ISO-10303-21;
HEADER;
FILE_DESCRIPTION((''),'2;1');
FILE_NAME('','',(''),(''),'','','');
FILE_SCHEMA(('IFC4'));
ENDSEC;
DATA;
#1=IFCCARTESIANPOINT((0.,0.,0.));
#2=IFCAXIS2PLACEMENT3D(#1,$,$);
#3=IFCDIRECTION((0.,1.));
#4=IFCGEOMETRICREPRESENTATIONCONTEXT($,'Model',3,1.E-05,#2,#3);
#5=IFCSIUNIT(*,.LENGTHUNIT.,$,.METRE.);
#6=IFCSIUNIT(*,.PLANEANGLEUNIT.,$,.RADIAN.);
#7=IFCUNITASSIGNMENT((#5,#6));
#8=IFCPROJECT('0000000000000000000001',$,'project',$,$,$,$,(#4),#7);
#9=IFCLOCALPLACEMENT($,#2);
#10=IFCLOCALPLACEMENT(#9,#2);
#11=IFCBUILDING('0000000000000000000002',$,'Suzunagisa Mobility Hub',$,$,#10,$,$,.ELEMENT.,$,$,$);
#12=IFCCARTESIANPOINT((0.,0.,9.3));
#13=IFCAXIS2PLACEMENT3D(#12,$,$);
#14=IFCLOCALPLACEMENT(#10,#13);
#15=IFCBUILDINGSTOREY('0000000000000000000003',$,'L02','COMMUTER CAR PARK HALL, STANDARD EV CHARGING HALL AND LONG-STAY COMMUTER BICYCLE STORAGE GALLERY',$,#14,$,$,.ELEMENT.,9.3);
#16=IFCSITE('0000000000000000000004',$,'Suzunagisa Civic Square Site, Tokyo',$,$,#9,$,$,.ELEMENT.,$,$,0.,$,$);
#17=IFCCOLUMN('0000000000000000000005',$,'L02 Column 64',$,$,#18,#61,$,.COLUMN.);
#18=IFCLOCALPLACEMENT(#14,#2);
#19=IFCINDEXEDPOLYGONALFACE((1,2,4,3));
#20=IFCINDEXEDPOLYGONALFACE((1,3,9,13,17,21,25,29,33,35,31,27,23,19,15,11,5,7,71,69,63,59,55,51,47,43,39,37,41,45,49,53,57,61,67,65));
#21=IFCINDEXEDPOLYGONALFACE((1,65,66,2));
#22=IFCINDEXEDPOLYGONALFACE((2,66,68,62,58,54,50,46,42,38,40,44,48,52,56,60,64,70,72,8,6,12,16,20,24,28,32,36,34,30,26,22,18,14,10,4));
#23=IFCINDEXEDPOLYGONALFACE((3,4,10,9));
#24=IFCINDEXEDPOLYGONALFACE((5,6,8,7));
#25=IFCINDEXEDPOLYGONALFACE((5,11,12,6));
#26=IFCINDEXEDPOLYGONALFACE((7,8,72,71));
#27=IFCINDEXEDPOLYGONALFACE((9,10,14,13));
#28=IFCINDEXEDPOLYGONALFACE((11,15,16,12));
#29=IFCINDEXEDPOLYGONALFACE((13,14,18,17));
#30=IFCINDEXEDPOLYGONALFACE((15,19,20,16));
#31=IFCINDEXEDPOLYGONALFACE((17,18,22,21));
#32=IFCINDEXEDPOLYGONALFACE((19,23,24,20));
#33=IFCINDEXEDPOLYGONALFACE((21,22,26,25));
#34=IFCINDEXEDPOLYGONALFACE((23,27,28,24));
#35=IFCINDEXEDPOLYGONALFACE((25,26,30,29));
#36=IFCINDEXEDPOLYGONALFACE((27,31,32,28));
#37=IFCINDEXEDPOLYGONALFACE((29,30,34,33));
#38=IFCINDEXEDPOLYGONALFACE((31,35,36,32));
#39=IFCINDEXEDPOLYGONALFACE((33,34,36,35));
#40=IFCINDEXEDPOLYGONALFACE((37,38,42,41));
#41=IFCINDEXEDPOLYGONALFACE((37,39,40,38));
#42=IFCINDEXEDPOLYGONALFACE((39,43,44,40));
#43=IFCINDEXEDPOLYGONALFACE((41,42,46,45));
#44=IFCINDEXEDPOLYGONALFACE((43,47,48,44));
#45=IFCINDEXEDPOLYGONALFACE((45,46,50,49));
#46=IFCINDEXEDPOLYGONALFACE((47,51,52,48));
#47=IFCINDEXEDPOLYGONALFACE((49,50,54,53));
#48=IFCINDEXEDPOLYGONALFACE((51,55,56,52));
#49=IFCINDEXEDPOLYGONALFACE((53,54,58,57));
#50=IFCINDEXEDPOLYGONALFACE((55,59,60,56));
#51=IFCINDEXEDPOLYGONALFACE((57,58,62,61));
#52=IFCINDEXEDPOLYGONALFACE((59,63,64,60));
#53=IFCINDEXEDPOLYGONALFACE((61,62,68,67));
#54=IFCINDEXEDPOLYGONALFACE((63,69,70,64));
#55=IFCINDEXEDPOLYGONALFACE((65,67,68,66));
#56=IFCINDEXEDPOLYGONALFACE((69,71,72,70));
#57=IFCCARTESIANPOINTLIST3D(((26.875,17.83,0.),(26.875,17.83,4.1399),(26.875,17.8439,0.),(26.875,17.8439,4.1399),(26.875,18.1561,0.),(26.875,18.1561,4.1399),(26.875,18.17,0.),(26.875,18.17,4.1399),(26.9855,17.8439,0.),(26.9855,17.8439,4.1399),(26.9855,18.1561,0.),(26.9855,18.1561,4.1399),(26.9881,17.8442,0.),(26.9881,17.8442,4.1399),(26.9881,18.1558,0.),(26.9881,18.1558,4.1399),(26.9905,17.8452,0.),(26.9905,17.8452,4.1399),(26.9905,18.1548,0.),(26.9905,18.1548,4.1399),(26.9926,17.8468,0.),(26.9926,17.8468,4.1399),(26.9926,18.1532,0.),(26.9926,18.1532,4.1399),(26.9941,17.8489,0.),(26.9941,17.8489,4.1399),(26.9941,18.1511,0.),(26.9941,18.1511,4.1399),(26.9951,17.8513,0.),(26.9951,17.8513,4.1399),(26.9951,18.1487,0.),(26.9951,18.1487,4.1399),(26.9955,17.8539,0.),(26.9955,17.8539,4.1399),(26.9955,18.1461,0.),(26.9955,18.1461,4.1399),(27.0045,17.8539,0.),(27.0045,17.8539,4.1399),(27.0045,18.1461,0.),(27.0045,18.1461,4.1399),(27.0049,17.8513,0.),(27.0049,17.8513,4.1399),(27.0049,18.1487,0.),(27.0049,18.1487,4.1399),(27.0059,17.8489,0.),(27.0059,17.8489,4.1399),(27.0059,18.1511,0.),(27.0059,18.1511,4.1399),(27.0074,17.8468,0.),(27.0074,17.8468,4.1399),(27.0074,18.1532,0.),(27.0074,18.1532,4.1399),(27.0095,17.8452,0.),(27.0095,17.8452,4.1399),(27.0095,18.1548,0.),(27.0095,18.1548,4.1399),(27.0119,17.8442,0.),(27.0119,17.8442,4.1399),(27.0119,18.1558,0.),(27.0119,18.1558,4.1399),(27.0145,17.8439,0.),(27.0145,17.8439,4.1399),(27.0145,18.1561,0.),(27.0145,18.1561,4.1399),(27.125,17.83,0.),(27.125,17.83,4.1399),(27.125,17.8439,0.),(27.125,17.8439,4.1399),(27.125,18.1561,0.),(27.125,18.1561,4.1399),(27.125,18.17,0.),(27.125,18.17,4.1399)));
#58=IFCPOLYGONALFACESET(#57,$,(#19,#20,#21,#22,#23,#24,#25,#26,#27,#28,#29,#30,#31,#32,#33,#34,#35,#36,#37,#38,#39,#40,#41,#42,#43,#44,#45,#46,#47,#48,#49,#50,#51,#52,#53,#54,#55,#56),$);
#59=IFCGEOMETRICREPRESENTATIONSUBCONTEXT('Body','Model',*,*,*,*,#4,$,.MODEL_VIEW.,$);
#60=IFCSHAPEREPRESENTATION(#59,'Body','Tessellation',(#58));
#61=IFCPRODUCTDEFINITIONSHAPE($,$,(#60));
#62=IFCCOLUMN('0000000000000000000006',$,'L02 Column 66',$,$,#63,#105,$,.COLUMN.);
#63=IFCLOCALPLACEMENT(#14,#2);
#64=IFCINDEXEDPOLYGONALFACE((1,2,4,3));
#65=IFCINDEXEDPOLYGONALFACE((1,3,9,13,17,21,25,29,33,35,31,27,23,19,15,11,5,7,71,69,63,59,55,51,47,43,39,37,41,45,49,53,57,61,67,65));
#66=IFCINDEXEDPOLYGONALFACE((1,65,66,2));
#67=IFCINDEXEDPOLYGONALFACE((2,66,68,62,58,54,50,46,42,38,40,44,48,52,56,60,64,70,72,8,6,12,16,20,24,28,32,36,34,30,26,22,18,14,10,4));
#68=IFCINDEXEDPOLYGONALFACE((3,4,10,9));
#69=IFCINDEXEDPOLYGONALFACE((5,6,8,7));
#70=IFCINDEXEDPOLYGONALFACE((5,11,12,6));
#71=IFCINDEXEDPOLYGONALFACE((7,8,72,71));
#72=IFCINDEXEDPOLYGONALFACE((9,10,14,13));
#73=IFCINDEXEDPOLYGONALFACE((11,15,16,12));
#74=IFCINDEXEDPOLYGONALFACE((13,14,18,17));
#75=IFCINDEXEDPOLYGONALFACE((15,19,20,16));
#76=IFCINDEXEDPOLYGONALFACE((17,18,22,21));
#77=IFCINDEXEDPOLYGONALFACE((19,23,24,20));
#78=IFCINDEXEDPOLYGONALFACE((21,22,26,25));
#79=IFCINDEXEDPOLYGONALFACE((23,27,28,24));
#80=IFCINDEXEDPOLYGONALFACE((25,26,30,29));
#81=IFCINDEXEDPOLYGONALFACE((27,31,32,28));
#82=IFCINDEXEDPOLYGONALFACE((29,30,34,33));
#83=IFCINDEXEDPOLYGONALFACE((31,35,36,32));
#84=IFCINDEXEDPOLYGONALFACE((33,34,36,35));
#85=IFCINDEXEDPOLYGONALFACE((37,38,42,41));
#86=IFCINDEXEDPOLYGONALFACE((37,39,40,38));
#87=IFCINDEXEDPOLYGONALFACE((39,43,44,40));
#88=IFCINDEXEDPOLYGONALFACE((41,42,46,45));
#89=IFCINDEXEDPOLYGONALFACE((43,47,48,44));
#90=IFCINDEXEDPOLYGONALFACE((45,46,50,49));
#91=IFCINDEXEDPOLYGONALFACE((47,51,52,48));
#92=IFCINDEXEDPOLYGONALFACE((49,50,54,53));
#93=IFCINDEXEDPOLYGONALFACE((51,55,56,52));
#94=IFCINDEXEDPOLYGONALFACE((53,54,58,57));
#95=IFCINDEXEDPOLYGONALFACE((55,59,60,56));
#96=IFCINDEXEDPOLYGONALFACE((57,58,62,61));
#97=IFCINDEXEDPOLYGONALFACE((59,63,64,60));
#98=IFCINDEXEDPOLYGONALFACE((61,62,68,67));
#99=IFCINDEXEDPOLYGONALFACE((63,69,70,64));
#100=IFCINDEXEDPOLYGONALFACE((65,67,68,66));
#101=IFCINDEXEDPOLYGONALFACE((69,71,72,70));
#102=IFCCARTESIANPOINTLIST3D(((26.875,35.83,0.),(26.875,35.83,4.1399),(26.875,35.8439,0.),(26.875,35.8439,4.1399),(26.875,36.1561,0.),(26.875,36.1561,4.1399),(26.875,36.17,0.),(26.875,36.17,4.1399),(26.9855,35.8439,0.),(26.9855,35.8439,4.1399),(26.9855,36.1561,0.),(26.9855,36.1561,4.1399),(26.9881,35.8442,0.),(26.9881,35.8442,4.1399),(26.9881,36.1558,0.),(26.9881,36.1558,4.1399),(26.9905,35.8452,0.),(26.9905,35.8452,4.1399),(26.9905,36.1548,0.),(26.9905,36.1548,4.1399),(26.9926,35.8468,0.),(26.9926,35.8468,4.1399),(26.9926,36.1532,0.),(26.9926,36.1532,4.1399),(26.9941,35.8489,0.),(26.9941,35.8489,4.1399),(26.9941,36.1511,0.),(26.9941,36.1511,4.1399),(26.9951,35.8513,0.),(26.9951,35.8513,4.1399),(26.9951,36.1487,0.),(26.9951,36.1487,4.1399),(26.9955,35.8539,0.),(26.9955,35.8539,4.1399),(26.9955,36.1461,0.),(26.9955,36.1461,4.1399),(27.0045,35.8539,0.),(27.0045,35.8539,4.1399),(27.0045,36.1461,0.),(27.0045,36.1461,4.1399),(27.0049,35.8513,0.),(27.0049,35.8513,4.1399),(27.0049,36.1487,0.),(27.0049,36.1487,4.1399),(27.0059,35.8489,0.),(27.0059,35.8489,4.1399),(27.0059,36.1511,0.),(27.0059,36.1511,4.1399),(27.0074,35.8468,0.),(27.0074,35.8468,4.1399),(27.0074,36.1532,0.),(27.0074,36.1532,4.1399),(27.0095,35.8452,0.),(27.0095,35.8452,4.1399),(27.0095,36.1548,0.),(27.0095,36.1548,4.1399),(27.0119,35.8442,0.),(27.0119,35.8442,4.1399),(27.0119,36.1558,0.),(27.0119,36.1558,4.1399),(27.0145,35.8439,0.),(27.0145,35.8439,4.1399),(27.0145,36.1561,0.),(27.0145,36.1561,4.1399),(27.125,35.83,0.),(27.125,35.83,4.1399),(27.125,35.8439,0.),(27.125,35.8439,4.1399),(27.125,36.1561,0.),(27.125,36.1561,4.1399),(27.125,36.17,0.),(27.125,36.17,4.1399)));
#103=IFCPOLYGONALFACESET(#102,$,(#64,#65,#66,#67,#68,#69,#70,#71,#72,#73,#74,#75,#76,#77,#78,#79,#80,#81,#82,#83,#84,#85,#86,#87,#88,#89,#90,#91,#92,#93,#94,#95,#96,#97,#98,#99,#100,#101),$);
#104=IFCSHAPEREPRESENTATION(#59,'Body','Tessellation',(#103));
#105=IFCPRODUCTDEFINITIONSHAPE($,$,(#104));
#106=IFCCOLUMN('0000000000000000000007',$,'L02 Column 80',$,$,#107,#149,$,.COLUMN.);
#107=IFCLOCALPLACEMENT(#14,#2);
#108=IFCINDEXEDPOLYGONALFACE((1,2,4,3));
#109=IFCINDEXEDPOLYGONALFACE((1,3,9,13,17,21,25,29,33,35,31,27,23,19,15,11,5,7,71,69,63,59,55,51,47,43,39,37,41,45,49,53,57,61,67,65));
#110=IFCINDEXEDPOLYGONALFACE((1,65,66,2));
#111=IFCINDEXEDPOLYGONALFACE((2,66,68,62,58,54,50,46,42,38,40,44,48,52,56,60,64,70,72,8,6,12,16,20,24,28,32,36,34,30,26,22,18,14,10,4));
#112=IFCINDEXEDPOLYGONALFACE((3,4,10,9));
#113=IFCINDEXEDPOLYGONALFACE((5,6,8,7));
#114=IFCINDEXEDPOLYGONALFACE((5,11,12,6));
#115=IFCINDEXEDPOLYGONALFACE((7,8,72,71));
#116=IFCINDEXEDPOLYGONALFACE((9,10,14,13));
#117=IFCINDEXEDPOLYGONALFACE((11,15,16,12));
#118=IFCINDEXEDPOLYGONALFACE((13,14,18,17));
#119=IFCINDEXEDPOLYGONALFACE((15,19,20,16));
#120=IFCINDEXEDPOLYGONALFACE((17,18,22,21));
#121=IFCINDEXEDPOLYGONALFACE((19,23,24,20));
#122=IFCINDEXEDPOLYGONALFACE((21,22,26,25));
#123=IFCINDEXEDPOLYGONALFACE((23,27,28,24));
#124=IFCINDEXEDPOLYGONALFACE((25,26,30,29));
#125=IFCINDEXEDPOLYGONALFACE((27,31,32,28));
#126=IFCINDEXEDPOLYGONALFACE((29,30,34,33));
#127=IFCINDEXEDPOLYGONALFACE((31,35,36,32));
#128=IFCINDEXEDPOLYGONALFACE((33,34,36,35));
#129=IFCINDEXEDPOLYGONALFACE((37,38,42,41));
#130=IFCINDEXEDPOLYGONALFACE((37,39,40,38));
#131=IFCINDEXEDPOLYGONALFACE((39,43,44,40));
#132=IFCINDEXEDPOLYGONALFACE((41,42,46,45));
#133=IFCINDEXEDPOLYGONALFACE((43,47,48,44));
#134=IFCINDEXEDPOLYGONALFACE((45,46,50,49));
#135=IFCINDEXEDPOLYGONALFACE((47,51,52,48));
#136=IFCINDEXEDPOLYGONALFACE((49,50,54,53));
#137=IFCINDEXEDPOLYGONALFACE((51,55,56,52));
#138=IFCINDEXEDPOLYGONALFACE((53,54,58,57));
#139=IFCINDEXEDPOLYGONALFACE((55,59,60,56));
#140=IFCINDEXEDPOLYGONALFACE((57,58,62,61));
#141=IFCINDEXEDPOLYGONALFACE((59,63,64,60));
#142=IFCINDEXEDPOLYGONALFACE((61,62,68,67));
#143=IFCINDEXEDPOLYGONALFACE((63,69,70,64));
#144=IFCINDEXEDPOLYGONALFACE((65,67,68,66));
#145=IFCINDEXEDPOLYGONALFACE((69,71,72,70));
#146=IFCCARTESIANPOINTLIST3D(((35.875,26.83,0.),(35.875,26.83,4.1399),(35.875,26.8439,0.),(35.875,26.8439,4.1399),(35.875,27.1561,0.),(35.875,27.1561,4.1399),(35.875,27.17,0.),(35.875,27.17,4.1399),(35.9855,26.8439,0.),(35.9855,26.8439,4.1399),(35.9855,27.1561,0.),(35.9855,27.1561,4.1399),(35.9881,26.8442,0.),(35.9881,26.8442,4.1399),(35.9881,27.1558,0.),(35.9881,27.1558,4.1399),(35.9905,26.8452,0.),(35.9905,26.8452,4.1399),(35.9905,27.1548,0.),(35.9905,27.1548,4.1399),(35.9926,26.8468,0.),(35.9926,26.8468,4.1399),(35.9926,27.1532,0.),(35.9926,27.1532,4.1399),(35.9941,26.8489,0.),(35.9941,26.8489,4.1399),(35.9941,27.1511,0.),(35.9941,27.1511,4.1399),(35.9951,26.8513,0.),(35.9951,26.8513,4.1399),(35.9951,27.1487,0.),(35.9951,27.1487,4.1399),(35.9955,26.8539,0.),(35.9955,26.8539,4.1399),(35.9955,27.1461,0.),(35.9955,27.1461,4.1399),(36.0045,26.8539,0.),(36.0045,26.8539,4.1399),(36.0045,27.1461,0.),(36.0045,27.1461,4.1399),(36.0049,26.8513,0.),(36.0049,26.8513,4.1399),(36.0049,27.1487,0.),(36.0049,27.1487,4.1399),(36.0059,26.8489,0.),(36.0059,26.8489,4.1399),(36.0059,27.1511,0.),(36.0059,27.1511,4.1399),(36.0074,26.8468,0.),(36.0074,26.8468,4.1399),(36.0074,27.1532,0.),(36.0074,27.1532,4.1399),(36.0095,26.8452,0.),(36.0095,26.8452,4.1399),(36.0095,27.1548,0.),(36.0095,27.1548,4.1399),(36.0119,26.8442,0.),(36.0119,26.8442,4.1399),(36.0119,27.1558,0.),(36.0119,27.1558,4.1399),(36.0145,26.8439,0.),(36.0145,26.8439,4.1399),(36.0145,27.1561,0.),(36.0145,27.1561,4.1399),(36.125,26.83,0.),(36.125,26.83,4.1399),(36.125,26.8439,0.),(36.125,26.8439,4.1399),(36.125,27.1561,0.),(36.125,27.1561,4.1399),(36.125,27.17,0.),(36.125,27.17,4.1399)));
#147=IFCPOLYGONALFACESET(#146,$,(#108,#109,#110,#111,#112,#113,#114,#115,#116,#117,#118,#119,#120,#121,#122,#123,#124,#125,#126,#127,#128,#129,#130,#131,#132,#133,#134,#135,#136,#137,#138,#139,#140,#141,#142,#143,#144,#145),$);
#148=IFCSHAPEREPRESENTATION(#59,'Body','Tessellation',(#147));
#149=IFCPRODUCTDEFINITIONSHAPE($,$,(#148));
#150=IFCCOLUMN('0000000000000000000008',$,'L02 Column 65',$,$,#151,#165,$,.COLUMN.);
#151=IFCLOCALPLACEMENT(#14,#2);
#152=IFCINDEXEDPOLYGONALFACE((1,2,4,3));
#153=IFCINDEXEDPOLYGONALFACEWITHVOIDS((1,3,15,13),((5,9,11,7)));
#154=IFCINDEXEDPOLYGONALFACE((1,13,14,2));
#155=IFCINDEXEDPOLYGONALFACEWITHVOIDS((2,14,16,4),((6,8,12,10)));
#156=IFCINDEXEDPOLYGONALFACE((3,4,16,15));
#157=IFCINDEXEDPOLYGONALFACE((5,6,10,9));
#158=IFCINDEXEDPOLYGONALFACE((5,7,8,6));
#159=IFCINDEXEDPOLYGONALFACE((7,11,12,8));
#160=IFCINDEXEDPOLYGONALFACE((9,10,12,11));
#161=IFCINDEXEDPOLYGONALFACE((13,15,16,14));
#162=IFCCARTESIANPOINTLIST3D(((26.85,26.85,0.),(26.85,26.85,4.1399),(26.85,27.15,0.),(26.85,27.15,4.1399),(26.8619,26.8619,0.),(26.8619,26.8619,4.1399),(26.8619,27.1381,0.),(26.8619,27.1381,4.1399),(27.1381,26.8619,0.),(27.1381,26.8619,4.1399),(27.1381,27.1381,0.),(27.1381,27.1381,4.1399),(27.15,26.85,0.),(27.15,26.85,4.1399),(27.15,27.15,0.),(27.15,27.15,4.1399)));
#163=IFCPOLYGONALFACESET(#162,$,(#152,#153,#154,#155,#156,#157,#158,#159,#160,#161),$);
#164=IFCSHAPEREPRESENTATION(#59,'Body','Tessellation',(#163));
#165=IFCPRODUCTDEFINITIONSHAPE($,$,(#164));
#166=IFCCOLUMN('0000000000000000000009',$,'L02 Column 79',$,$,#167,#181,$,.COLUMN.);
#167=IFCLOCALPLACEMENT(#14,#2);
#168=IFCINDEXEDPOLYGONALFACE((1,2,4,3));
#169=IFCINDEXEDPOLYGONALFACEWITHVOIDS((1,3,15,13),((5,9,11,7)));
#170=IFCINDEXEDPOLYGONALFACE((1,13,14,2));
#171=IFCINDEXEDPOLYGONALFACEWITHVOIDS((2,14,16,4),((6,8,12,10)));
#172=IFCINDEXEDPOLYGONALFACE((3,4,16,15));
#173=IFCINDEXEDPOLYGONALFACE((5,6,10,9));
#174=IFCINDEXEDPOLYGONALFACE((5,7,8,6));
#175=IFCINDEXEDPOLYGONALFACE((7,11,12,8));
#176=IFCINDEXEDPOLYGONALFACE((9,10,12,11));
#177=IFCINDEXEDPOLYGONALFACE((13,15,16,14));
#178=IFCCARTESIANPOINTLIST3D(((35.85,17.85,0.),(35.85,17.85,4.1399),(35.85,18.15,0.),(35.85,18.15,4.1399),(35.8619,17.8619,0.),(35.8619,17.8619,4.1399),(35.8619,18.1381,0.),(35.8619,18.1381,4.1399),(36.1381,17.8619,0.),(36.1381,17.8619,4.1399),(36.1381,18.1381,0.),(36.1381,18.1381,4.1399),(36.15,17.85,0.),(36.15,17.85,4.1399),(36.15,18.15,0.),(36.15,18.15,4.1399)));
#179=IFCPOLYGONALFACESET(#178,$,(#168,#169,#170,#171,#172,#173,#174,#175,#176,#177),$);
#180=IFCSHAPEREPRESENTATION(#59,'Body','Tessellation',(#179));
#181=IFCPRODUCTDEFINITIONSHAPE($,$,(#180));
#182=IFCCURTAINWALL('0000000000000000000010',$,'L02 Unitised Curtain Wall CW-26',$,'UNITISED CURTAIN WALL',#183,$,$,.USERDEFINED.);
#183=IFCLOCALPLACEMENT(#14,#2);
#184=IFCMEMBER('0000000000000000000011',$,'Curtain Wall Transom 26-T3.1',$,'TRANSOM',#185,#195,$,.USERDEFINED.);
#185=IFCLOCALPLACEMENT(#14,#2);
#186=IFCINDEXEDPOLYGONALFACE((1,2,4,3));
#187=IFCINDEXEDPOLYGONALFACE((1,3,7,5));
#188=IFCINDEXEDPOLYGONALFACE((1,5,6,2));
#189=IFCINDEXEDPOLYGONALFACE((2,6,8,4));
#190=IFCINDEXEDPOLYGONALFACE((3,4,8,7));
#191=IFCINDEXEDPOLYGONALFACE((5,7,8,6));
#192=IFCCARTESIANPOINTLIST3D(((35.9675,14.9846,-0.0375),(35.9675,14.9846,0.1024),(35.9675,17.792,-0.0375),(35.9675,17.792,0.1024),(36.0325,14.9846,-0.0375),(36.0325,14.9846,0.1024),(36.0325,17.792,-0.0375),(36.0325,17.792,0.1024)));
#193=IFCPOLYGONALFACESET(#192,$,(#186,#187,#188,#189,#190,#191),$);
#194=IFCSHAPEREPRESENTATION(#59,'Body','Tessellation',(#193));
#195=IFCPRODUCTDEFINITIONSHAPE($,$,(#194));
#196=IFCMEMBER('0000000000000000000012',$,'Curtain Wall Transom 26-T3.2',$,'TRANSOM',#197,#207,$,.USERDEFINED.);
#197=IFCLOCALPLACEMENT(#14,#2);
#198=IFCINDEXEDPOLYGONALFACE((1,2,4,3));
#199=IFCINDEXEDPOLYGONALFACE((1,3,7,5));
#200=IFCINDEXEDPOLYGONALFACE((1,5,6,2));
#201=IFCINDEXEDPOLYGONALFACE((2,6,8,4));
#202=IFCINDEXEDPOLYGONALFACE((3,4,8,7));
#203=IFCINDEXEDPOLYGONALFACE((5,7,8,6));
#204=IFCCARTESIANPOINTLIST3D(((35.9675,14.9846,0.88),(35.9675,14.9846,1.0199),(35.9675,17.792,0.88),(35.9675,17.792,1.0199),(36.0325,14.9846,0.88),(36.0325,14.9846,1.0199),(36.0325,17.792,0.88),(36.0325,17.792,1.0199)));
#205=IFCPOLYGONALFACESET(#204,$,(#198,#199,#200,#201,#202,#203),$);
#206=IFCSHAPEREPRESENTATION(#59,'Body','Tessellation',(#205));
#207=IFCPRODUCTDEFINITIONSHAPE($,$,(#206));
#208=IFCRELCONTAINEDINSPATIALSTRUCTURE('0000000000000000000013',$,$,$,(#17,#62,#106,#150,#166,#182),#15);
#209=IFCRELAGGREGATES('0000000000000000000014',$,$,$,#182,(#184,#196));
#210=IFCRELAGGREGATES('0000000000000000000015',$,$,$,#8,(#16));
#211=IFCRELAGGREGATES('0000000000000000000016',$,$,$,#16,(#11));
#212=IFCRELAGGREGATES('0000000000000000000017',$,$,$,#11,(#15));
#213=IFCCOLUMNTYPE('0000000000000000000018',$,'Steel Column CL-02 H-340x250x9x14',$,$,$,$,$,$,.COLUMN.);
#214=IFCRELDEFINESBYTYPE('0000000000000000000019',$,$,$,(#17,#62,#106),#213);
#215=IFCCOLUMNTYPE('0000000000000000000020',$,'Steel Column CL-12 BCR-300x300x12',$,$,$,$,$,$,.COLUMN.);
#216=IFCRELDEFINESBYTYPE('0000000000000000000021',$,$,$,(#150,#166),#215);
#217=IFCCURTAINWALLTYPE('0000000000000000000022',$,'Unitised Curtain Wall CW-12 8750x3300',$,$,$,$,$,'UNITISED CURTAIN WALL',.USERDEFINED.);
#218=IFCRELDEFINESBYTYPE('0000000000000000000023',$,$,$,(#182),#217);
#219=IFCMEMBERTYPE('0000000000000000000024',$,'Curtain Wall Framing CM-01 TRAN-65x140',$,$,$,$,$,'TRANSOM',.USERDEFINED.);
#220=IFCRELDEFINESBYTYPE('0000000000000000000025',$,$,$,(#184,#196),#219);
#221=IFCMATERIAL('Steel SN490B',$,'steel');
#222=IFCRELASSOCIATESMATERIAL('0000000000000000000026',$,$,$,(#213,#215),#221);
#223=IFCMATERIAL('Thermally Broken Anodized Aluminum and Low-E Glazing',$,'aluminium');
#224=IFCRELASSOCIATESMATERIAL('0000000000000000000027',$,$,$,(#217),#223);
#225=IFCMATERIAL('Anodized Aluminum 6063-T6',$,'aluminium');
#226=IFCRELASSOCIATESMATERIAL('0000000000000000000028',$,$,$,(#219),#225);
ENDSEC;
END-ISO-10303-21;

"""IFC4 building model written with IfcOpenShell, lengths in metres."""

from ifc_helpers import new_model, si_unit, direction, frame, origin, origin_2d, place, context, subcontext, project, spatial, rectangle, hollow_rectangle, i_section, extrude, material, material_profile, profile_set, type_object, element, aggregate, save


model = new_model("IFC4")

# Units and contexts
model_context = context("Model", 3, precision=1e-05, world=origin(), true_north=direction((0.0, 1.0)))
body_context = subcontext(model_context, "Body", "Model", "MODEL_VIEW")
ifc_project = project(units=[si_unit("LENGTHUNIT", "METRE"), si_unit("PLANEANGLEUNIT", "RADIAN")], contexts=[model_context])

# Site, building, storey
site_placement = place(None, origin())
site = spatial("IfcSite", under=ifc_project, at=site_placement, Name="Suzunagisa Civic Square Site, Tokyo", CompositionType="ELEMENT", RefElevation=0.0)
building_placement = place(site_placement, origin())
building = spatial("IfcBuilding", under=site, at=building_placement, Name="Suzunagisa Mobility Hub", CompositionType="ELEMENT")
storey_placement = place(building_placement, frame((0.0, 0.0, 9.3)))
storey = spatial("IfcBuildingStorey", under=building, at=storey_placement, Name="L02", Description="COMMUTER CAR PARK HALL, STANDARD EV CHARGING HALL AND LONG-STAY COMMUTER BICYCLE STORAGE GALLERY", CompositionType="ELEMENT", Elevation=9.3)

# Columns
ifc_material_1 = material(Name="Steel SN490B", Category="steel")
ifc_material_profile_1 = material_profile(ifc_material_1, i_section(OverallWidth=0.25, OverallDepth=0.3401, WebThickness=0.009, FlangeThickness=0.0139, FilletRadius=0.01, at=origin_2d()), Name="H-340x250x9x14")
ifc_profile_set_1 = profile_set([ifc_material_profile_1], Name="Steel SN490B")
column_type_1 = type_object("IfcColumnType", Name="Steel Column CL-02 H-340x250x9x14", PredefinedType="COLUMN", material=ifc_profile_set_1)
for number, where, z_axis, x_axis, name in (
    (1, (27.0, 18.0, 0.0), (0.0, 0.0, 1.0), (1.0, 0.0, 0.0), "L02 Column 64"),
    (2, (27.0, 36.0, 0.0), (0.0, 0.0, 1.0), (1.0, 0.0, 0.0), "L02 Column 66"),
    (3, (36.0, 27.0, 0.0), (0.0, 0.0, 1.0), (1.0, 0.0, 0.0), "L02 Column 80"),
):
    element("IfcColumn", number, at=place(storey_placement, frame(where, z_axis=z_axis, x_axis=x_axis)), inside=storey, type_object=column_type_1, Name=name, PredefinedType="COLUMN", context=body_context, shape_type="SweptSolid", body=[
        extrude(i_section(OverallWidth=0.25, OverallDepth=0.3401, WebThickness=0.009, FlangeThickness=0.0139, FilletRadius=0.01, at=origin_2d()), origin(), (0.0, 0.0, 1.0), 4.1399),
    ])
ifc_material_profile_2 = material_profile(ifc_material_1, hollow_rectangle(XDim=0.3, YDim=0.3, WallThickness=0.012, at=origin_2d()), Name="BCR-300x300x12")
ifc_profile_set_2 = profile_set([ifc_material_profile_2], Name="Steel SN490B")
column_type_2 = type_object("IfcColumnType", Name="Steel Column CL-12 BCR-300x300x12", PredefinedType="COLUMN", material=ifc_profile_set_2)
for number, where, z_axis, x_axis, name in (
    (4, (27.0, 27.0, 0.0), (0.0, 0.0, 1.0), (1.0, 0.0, 0.0), "L02 Column 65"),
    (5, (36.0, 18.0, 0.0), (0.0, 0.0, 1.0), (1.0, 0.0, 0.0), "L02 Column 79"),
):
    element("IfcColumn", number, at=place(storey_placement, frame(where, z_axis=z_axis, x_axis=x_axis)), inside=storey, type_object=column_type_2, Name=name, PredefinedType="COLUMN", context=body_context, shape_type="SweptSolid", body=[
        extrude(hollow_rectangle(XDim=0.3, YDim=0.3, WallThickness=0.012, at=origin_2d()), origin(), (0.0, 0.0, 1.0), 4.1399),
    ])

# Curtain wall, members
ifc_material_2 = material(Name="Thermally Broken Anodized Aluminum and Low-E Glazing", Category="aluminium")
curtain_wall_type = type_object("IfcCurtainWallType", Name="Unitised Curtain Wall CW-12 8750x3300", ElementType="UNITISED CURTAIN WALL", PredefinedType="USERDEFINED", material=ifc_material_2)
curtain_wall_1_placement = place(storey_placement, origin())
curtain_wall_1 = element("IfcCurtainWall", 6, at=curtain_wall_1_placement, inside=storey, type_object=curtain_wall_type, Name="L02 Unitised Curtain Wall CW-26", ObjectType="UNITISED CURTAIN WALL", PredefinedType="USERDEFINED")
ifc_material_3 = material(Name="Anodized Aluminum 6063-T6", Category="aluminium")
ifc_material_profile_3 = material_profile(ifc_material_3, rectangle(XDim=0.0649, YDim=0.1399, at=origin_2d()), Name="TRAN-65x140")
ifc_profile_set_3 = profile_set([ifc_material_profile_3], Name="Anodized Aluminum 6063-T6")
member_type_1 = type_object("IfcMemberType", Name="Curtain Wall Framing CM-01 TRAN-65x140", ElementType="TRANSOM", PredefinedType="USERDEFINED", material=ifc_profile_set_3)
member_1_placement = place(storey_placement, frame((36.0, 14.9846, 0.0325), z_axis=(0.0, 1.0, 0.0), x_axis=(-1.0, 0.0, 0.0)))
member_1 = element("IfcMember", 7, at=member_1_placement, type_object=member_type_1, Name="Curtain Wall Transom 26-T3.1", ObjectType="TRANSOM", PredefinedType="USERDEFINED", context=body_context, shape_type="SweptSolid", body=[
    extrude(rectangle(XDim=0.0649, YDim=0.1399, at=origin_2d()), origin(), (0.0, 0.0, 1.0), 2.8074),
])
member_2_placement = place(storey_placement, frame((36.0, 14.9846, 0.95), z_axis=(0.0, 1.0, 0.0), x_axis=(-1.0, 0.0, 0.0)))
member_2 = element("IfcMember", 8, at=member_2_placement, type_object=member_type_1, Name="Curtain Wall Transom 26-T3.2", ObjectType="TRANSOM", PredefinedType="USERDEFINED", context=body_context, shape_type="SweptSolid", body=[
    extrude(rectangle(XDim=0.0649, YDim=0.1399, at=origin_2d()), origin(), (0.0, 0.0, 1.0), 2.8074),
])

aggregate(curtain_wall_1, [member_1, member_2])

save(model, "model.ifc")
